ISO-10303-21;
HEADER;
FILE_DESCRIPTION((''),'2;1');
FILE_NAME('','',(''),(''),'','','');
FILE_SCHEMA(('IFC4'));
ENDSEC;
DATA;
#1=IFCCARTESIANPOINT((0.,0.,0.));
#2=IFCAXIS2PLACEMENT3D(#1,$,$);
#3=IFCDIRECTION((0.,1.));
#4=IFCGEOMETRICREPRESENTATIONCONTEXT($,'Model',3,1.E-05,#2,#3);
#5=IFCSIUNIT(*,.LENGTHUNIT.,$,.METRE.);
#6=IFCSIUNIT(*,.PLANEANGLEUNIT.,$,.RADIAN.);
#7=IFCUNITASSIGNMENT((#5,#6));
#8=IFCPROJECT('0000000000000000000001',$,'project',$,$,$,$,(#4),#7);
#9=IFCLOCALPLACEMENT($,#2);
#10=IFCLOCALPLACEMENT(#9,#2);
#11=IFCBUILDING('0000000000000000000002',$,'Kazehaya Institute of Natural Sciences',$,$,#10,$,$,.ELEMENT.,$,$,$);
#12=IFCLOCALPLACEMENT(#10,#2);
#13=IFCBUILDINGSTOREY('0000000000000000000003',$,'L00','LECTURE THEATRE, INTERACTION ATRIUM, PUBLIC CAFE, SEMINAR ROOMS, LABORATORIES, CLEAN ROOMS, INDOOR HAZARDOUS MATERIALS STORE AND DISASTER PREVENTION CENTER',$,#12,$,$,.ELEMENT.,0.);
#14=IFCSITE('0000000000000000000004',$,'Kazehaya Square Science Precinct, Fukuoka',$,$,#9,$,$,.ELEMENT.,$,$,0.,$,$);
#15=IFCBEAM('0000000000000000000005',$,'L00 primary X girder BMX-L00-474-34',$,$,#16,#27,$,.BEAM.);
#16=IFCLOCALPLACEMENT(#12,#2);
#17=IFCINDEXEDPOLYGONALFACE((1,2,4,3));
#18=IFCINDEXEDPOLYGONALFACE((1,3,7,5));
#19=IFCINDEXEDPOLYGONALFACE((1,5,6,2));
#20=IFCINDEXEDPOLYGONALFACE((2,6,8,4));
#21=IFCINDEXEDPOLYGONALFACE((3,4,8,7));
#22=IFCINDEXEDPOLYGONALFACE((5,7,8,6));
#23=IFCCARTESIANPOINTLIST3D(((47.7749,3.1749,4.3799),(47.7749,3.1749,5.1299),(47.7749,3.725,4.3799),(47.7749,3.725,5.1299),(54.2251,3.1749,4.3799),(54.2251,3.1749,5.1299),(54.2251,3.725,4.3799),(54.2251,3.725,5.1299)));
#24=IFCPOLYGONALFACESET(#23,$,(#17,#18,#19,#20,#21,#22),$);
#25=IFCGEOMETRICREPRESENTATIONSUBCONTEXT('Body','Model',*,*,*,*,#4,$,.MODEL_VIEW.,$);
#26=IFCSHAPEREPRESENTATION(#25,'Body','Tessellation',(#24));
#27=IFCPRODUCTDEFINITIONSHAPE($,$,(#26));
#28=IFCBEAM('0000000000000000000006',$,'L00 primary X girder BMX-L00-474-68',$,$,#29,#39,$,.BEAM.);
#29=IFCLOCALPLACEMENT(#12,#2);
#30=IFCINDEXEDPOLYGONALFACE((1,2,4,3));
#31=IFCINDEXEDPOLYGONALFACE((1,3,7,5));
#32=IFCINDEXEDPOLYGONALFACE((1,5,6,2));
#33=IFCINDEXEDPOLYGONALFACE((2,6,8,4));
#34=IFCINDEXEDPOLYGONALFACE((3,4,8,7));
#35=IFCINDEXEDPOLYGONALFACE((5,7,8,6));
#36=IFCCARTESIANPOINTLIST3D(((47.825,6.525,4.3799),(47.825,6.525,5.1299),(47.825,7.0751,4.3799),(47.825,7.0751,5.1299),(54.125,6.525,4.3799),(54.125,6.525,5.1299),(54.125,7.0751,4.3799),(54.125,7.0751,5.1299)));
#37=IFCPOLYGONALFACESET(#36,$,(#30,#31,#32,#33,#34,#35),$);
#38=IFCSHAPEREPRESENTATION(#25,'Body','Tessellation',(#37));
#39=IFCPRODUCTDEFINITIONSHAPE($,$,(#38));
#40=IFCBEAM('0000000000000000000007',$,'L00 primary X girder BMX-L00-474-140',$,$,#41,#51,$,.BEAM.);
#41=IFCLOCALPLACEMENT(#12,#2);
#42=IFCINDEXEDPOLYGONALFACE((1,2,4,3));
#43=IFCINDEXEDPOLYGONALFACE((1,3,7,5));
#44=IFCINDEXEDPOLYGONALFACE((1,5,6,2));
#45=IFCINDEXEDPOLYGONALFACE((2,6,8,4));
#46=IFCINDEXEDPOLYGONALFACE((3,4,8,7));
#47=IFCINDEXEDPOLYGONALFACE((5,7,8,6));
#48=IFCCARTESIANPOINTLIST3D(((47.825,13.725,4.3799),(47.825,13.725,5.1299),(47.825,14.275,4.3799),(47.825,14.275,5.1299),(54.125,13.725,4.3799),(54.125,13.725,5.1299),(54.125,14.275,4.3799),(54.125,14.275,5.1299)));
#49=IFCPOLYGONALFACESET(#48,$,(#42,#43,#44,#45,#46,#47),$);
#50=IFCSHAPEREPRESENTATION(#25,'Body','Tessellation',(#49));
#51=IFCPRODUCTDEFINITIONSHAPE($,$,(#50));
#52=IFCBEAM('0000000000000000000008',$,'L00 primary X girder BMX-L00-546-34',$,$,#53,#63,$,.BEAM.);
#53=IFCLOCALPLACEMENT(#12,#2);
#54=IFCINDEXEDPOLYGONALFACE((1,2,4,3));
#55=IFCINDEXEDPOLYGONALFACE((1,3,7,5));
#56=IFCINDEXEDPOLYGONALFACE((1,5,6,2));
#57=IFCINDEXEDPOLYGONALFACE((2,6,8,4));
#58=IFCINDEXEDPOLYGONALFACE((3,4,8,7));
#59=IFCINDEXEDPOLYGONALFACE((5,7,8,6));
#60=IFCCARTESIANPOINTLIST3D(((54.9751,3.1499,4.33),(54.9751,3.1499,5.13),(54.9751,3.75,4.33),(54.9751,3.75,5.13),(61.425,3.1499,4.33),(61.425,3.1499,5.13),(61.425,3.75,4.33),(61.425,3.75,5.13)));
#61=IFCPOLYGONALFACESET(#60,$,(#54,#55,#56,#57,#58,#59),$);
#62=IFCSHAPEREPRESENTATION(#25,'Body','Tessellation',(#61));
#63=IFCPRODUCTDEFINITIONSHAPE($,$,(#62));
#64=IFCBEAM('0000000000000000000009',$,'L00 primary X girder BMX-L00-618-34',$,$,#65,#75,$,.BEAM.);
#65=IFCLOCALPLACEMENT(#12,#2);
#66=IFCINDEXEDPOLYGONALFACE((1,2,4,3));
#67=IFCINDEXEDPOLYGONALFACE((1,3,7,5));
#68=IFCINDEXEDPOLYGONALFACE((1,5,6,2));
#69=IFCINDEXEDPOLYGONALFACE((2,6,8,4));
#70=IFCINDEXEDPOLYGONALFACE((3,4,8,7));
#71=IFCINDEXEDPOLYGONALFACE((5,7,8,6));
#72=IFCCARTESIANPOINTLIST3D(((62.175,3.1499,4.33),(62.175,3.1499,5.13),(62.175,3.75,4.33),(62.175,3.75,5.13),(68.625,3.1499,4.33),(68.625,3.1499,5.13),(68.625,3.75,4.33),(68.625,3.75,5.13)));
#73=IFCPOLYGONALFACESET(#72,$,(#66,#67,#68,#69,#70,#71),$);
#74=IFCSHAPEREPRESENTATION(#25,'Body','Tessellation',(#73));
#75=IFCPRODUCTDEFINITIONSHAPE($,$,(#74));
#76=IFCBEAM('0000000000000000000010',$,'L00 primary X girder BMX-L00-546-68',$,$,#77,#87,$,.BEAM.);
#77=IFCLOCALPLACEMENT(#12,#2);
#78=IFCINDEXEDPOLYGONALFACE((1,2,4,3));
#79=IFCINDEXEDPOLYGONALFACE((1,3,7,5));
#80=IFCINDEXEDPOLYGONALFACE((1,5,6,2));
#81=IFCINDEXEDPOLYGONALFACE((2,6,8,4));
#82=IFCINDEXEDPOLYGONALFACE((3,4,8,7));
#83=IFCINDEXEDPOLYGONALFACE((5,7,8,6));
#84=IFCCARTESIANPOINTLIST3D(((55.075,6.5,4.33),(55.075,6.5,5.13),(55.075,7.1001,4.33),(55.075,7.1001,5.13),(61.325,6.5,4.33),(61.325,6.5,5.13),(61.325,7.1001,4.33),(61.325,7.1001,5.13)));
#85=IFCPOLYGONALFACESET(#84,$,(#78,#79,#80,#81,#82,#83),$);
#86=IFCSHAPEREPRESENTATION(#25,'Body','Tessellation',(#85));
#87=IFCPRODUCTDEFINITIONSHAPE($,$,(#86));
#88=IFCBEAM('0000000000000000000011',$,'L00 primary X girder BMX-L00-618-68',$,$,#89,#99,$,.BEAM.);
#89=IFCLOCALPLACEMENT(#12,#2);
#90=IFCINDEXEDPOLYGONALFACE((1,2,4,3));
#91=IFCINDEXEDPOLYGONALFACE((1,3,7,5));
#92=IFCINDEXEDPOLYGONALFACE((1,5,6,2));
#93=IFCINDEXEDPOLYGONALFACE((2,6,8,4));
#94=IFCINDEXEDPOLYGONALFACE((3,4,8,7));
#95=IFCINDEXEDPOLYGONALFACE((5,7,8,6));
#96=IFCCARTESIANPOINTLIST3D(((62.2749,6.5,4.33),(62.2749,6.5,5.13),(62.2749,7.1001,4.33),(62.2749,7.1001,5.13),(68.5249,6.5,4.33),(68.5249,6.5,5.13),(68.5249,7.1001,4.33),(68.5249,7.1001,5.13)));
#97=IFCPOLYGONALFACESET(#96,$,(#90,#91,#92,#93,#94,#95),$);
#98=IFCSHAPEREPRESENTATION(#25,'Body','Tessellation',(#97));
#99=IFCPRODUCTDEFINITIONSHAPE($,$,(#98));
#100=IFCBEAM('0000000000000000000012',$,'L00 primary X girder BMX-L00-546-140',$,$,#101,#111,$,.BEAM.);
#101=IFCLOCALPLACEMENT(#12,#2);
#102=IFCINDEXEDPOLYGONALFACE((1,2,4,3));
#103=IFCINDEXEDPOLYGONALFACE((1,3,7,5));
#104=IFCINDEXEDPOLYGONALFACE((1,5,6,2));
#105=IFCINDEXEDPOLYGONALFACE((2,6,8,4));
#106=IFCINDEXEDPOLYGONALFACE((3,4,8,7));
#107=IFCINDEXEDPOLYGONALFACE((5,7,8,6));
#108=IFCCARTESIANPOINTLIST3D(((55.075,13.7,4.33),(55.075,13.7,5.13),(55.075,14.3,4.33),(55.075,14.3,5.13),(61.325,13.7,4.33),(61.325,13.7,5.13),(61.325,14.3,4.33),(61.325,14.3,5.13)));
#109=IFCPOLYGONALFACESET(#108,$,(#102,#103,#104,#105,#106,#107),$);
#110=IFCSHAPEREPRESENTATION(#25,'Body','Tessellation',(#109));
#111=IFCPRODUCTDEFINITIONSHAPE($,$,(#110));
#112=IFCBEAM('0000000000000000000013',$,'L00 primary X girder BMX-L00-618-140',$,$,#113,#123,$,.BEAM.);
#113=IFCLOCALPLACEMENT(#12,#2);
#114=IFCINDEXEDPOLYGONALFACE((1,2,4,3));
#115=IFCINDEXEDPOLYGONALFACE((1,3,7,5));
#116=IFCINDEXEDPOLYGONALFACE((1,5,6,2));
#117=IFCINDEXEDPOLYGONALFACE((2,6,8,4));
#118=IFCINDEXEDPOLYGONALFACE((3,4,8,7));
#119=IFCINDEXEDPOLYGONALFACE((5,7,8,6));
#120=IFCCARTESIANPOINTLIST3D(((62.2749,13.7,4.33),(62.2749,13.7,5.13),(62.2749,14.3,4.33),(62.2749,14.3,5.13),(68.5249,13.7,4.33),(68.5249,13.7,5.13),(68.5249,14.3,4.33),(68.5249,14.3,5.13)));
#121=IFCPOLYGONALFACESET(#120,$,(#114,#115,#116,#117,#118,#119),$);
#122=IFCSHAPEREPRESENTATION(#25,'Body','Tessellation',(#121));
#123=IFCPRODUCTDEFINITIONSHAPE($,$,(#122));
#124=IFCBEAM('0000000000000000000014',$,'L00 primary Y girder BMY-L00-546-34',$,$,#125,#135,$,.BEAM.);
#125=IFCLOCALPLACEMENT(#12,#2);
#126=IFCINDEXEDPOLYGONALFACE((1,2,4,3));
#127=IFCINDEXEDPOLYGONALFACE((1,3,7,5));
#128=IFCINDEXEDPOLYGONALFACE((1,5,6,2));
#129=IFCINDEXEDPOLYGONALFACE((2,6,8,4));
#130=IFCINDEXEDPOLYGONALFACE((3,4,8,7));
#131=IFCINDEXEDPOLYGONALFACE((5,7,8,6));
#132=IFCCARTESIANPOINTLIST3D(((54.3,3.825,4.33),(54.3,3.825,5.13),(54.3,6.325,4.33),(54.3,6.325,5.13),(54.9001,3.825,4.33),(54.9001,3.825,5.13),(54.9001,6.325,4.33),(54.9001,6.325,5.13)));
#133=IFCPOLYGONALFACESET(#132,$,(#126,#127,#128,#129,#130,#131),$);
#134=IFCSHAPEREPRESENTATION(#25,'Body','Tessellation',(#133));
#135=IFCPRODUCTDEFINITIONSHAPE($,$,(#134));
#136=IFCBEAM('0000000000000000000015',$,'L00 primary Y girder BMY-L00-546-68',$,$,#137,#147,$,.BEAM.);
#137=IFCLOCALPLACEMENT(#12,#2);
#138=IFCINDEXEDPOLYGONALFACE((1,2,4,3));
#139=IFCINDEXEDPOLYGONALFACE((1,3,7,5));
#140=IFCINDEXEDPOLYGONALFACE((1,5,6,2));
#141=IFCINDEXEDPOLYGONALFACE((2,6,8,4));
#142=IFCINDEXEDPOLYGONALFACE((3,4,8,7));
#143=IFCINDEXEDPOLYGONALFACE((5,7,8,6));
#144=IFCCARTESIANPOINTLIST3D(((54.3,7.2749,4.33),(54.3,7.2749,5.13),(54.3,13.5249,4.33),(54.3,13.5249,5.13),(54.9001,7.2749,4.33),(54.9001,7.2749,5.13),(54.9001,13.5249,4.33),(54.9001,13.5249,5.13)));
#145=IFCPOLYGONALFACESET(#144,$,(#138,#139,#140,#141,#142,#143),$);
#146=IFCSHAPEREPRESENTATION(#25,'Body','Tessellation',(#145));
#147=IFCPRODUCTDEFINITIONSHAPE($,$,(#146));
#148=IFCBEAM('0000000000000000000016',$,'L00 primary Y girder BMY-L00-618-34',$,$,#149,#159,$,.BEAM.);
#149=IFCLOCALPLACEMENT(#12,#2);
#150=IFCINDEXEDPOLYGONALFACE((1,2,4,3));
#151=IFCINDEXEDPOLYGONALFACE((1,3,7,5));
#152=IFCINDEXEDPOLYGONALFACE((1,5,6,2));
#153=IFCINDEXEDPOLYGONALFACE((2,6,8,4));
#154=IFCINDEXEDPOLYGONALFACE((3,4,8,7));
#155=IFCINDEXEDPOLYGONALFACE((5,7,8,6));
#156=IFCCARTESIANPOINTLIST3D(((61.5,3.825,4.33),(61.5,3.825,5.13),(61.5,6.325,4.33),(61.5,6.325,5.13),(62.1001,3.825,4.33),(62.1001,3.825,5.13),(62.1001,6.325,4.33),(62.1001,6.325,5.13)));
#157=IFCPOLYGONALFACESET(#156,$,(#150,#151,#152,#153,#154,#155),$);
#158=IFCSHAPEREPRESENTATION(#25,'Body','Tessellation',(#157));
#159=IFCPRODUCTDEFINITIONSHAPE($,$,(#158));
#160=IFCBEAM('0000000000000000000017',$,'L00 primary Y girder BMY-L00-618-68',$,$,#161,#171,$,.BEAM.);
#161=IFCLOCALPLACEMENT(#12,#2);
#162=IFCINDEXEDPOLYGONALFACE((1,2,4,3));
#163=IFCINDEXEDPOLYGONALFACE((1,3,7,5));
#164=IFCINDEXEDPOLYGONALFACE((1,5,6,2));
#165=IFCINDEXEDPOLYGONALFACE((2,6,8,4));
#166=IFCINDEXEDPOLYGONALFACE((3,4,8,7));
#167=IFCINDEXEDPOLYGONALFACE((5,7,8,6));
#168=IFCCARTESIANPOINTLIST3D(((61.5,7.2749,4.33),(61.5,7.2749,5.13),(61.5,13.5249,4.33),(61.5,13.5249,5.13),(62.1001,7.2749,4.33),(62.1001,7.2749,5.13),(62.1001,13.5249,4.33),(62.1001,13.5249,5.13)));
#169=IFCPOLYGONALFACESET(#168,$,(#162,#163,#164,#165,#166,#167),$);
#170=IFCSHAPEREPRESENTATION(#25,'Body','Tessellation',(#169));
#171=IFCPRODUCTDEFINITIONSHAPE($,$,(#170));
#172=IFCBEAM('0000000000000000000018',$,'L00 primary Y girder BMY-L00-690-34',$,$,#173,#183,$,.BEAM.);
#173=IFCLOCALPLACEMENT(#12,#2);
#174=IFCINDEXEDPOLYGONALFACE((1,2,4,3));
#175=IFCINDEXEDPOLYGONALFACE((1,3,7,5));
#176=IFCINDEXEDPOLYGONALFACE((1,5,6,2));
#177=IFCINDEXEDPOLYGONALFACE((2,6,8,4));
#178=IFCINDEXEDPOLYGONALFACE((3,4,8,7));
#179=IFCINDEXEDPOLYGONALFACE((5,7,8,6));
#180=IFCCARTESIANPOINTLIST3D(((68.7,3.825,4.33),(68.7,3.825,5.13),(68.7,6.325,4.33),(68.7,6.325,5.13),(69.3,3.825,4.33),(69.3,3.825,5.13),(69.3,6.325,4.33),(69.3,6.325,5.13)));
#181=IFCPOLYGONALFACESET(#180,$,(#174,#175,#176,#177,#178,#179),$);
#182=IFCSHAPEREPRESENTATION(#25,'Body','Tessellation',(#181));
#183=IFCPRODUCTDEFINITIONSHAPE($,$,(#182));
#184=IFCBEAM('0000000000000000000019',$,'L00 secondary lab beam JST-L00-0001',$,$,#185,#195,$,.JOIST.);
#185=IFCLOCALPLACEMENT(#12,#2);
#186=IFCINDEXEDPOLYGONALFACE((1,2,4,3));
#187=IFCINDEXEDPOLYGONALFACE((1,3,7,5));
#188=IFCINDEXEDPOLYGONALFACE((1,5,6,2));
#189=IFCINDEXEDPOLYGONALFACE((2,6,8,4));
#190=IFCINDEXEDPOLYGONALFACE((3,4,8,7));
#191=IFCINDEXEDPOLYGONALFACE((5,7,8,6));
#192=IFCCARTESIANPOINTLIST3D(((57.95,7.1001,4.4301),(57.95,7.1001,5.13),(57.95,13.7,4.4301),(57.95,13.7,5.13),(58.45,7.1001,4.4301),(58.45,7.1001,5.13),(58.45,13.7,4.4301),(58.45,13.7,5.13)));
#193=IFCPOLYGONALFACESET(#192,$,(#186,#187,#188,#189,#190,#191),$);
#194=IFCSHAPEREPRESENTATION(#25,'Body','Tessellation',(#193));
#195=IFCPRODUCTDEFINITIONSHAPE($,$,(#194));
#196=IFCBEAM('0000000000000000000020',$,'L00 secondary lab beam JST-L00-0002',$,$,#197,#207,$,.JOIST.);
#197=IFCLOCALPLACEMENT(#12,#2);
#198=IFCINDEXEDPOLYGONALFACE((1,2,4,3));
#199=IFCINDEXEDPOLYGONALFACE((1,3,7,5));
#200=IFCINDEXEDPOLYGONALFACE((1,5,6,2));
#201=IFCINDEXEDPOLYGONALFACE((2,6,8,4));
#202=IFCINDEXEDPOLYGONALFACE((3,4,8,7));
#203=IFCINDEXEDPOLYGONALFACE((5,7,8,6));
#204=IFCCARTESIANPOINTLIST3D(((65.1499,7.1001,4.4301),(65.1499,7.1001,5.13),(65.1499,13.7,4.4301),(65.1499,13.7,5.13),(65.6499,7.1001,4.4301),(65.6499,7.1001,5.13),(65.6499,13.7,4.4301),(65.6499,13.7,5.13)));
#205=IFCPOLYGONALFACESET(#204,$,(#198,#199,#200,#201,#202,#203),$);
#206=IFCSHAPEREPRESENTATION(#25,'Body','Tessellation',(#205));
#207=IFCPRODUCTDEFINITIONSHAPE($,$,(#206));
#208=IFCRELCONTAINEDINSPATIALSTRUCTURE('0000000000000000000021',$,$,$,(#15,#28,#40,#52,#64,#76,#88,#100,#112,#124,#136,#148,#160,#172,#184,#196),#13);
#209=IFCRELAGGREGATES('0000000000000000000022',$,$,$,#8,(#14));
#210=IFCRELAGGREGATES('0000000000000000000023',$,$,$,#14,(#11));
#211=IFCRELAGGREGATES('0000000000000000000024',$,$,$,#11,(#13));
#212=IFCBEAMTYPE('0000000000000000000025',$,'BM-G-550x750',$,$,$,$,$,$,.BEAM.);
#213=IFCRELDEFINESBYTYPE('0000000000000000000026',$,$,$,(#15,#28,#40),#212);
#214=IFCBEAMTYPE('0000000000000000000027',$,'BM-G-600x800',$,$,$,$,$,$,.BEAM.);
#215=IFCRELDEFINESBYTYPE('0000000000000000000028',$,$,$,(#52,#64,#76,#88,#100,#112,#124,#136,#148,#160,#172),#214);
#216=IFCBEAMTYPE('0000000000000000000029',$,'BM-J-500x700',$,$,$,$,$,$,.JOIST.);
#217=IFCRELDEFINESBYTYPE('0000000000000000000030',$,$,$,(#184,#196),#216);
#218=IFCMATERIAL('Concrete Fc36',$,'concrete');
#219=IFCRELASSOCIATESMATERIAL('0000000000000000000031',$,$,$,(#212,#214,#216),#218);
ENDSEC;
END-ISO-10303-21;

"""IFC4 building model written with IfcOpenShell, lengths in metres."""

from ifc_helpers import new_model, si_unit, direction, frame, origin, origin_2d, place, context, subcontext, project, spatial, rectangle, extrude, material, material_profile, profile_set, type_object, element, save


model = new_model("IFC4")

# Units and contexts
model_context = context("Model", 3, precision=1e-05, world=origin(), true_north=direction((0.0, 1.0)))
body_context = subcontext(model_context, "Body", "Model", "MODEL_VIEW")
ifc_project = project(units=[si_unit("LENGTHUNIT", "METRE"), si_unit("PLANEANGLEUNIT", "RADIAN")], contexts=[model_context])

# Site, building, storey
site_placement = place(None, origin())
site = spatial("IfcSite", under=ifc_project, at=site_placement, Name="Kazehaya Square Science Precinct, Fukuoka", CompositionType="ELEMENT", RefElevation=0.0)
building_placement = place(site_placement, origin())
building = spatial("IfcBuilding", under=site, at=building_placement, Name="Kazehaya Institute of Natural Sciences", CompositionType="ELEMENT")
storey_placement = place(building_placement, origin())
storey = spatial("IfcBuildingStorey", under=building, at=storey_placement, Name="L00", Description="LECTURE THEATRE, INTERACTION ATRIUM, PUBLIC CAFE, SEMINAR ROOMS, LABORATORIES, CLEAN ROOMS, INDOOR HAZARDOUS MATERIALS STORE AND DISASTER PREVENTION CENTER", CompositionType="ELEMENT", Elevation=0.0)

# Shared definitions
ifc_material_1 = material(Name="Concrete Fc36", Category="concrete")

# Beams
ifc_material_profile_1 = material_profile(ifc_material_1, rectangle(XDim=0.55, YDim=0.75, at=origin_2d()), Name="RC-550x750")
ifc_profile_set_1 = profile_set([ifc_material_profile_1], Name="Concrete Fc36")
beam_type_1 = type_object("IfcBeamType", Name="BM-G-550x750", PredefinedType="BEAM", material=ifc_profile_set_1)
beam_1_placement = place(storey_placement, frame((47.7749, 3.45, 4.7549), z_axis=(1.0, 0.0, 0.0), x_axis=(0.0, 1.0, 0.0)))
element("IfcBeam", 1, at=beam_1_placement, inside=storey, type_object=beam_type_1, Name="L00 primary X girder BMX-L00-474-34", PredefinedType="BEAM", context=body_context, shape_type="SweptSolid", body=[
    extrude(rectangle(XDim=0.55, YDim=0.75, at=origin_2d()), origin(), (0.0, 0.0, 1.0), 6.4502),
])
for number, where, z_axis, x_axis, name in (
    (2, (47.825, 6.8, 4.7549), (1.0, 0.0, 0.0), (0.0, 1.0, 0.0), "L00 primary X girder BMX-L00-474-68"),
    (3, (47.825, 14.0, 4.7549), (1.0, 0.0, 0.0), (0.0, 1.0, 0.0), "L00 primary X girder BMX-L00-474-140"),
):
    element("IfcBeam", number, at=place(storey_placement, frame(where, z_axis=z_axis, x_axis=x_axis)), inside=storey, type_object=beam_type_1, Name=name, PredefinedType="BEAM", context=body_context, shape_type="SweptSolid", body=[
        extrude(rectangle(XDim=0.55, YDim=0.75, at=origin_2d()), origin(), (0.0, 0.0, 1.0), 6.3),
    ])
ifc_material_profile_2 = material_profile(ifc_material_1, rectangle(XDim=0.6001, YDim=0.8, at=origin_2d()), Name="RC-600x800")
ifc_profile_set_2 = profile_set([ifc_material_profile_2], Name="Concrete Fc36")
beam_type_2 = type_object("IfcBeamType", Name="BM-G-600x800", PredefinedType="BEAM", material=ifc_profile_set_2)
for number, where, z_axis, x_axis, name in (
    (4, (54.9751, 3.45, 4.73), (1.0, 0.0, 0.0), (0.0, 1.0, 0.0), "L00 primary X girder BMX-L00-546-34"),
    (5, (62.175, 3.45, 4.73), (1.0, 0.0, 0.0), (0.0, 1.0, 0.0), "L00 primary X girder BMX-L00-618-34"),
):
    element("IfcBeam", number, at=place(storey_placement, frame(where, z_axis=z_axis, x_axis=x_axis)), inside=storey, type_object=beam_type_2, Name=name, PredefinedType="BEAM", context=body_context, shape_type="SweptSolid", body=[
        extrude(rectangle(XDim=0.6001, YDim=0.8, at=origin_2d()), origin(), (0.0, 0.0, 1.0), 6.45),
    ])
for number, where, z_axis, x_axis, name in (
    (6, (55.075, 6.8, 4.73), (1.0, 0.0, 0.0), (0.0, 1.0, 0.0), "L00 primary X girder BMX-L00-546-68"),
    (7, (62.2749, 6.8, 4.73), (1.0, 0.0, 0.0), (0.0, 1.0, 0.0), "L00 primary X girder BMX-L00-618-68"),
    (8, (55.075, 14.0, 4.73), (1.0, 0.0, 0.0), (0.0, 1.0, 0.0), "L00 primary X girder BMX-L00-546-140"),
    (9, (62.2749, 14.0, 4.73), (1.0, 0.0, 0.0), (0.0, 1.0, 0.0), "L00 primary X girder BMX-L00-618-140"),
):
    element("IfcBeam", number, at=place(storey_placement, frame(where, z_axis=z_axis, x_axis=x_axis)), inside=storey, type_object=beam_type_2, Name=name, PredefinedType="BEAM", context=body_context, shape_type="SweptSolid", body=[
        extrude(rectangle(XDim=0.6001, YDim=0.8, at=origin_2d()), origin(), (0.0, 0.0, 1.0), 6.25),
    ])
beam_2_placement = place(storey_placement, frame((54.6001, 3.825, 4.73), z_axis=(0.0, 1.0, 0.0), x_axis=(-1.0, 0.0, 0.0)))
element("IfcBeam", 10, at=beam_2_placement, inside=storey, type_object=beam_type_2, Name="L00 primary Y girder BMY-L00-546-34", PredefinedType="BEAM", context=body_context, shape_type="SweptSolid", body=[
    extrude(rectangle(XDim=0.6001, YDim=0.8, at=origin_2d()), origin(), (0.0, 0.0, 1.0), 2.5),
])
beam_3_placement = place(storey_placement, frame((54.6001, 7.2749, 4.73), z_axis=(0.0, 1.0, 0.0), x_axis=(-1.0, 0.0, 0.0)))
element("IfcBeam", 11, at=beam_3_placement, inside=storey, type_object=beam_type_2, Name="L00 primary Y girder BMY-L00-546-68", PredefinedType="BEAM", context=body_context, shape_type="SweptSolid", body=[
    extrude(rectangle(XDim=0.6001, YDim=0.8, at=origin_2d()), origin(), (0.0, 0.0, 1.0), 6.25),
])
beam_4_placement = place(storey_placement, frame((61.8, 3.825, 4.73), z_axis=(0.0, 1.0, 0.0), x_axis=(-1.0, 0.0, 0.0)))
element("IfcBeam", 12, at=beam_4_placement, inside=storey, type_object=beam_type_2, Name="L00 primary Y girder BMY-L00-618-34", PredefinedType="BEAM", context=body_context, shape_type="SweptSolid", body=[
    extrude(rectangle(XDim=0.6001, YDim=0.8, at=origin_2d()), origin(), (0.0, 0.0, 1.0), 2.5),
])
beam_5_placement = place(storey_placement, frame((61.8, 7.2749, 4.73), z_axis=(0.0, 1.0, 0.0), x_axis=(-1.0, 0.0, 0.0)))
element("IfcBeam", 13, at=beam_5_placement, inside=storey, type_object=beam_type_2, Name="L00 primary Y girder BMY-L00-618-68", PredefinedType="BEAM", context=body_context, shape_type="SweptSolid", body=[
    extrude(rectangle(XDim=0.6001, YDim=0.8, at=origin_2d()), origin(), (0.0, 0.0, 1.0), 6.25),
])
beam_6_placement = place(storey_placement, frame((69.0, 3.825, 4.73), z_axis=(0.0, 1.0, 0.0), x_axis=(-1.0, 0.0, 0.0)))
element("IfcBeam", 14, at=beam_6_placement, inside=storey, type_object=beam_type_2, Name="L00 primary Y girder BMY-L00-690-34", PredefinedType="BEAM", context=body_context, shape_type="SweptSolid", body=[
    extrude(rectangle(XDim=0.6001, YDim=0.8, at=origin_2d()), origin(), (0.0, 0.0, 1.0), 2.5),
])
ifc_material_profile_3 = material_profile(ifc_material_1, rectangle(XDim=0.5, YDim=0.7, at=origin_2d()), Name="RC-500x700")
ifc_profile_set_3 = profile_set([ifc_material_profile_3], Name="Concrete Fc36")
beam_type_3 = type_object("IfcBeamType", Name="BM-J-500x700", PredefinedType="JOIST", material=ifc_profile_set_3)
for number, where, z_axis, x_axis, name in (
    (15, (58.2, 7.1001, 4.78), (0.0, 1.0, 0.0), (-1.0, 0.0, 0.0), "L00 secondary lab beam JST-L00-0001"),
    (16, (65.3999, 7.1001, 4.78), (0.0, 1.0, 0.0), (-1.0, 0.0, 0.0), "L00 secondary lab beam JST-L00-0002"),
):
    element("IfcBeam", number, at=place(storey_placement, frame(where, z_axis=z_axis, x_axis=x_axis)), inside=storey, type_object=beam_type_3, Name=name, PredefinedType="JOIST", context=body_context, shape_type="SweptSolid", body=[
        extrude(rectangle(XDim=0.5, YDim=0.7, at=origin_2d()), origin(), (0.0, 0.0, 1.0), 6.5999),
    ])

save(model, "model.ifc")
